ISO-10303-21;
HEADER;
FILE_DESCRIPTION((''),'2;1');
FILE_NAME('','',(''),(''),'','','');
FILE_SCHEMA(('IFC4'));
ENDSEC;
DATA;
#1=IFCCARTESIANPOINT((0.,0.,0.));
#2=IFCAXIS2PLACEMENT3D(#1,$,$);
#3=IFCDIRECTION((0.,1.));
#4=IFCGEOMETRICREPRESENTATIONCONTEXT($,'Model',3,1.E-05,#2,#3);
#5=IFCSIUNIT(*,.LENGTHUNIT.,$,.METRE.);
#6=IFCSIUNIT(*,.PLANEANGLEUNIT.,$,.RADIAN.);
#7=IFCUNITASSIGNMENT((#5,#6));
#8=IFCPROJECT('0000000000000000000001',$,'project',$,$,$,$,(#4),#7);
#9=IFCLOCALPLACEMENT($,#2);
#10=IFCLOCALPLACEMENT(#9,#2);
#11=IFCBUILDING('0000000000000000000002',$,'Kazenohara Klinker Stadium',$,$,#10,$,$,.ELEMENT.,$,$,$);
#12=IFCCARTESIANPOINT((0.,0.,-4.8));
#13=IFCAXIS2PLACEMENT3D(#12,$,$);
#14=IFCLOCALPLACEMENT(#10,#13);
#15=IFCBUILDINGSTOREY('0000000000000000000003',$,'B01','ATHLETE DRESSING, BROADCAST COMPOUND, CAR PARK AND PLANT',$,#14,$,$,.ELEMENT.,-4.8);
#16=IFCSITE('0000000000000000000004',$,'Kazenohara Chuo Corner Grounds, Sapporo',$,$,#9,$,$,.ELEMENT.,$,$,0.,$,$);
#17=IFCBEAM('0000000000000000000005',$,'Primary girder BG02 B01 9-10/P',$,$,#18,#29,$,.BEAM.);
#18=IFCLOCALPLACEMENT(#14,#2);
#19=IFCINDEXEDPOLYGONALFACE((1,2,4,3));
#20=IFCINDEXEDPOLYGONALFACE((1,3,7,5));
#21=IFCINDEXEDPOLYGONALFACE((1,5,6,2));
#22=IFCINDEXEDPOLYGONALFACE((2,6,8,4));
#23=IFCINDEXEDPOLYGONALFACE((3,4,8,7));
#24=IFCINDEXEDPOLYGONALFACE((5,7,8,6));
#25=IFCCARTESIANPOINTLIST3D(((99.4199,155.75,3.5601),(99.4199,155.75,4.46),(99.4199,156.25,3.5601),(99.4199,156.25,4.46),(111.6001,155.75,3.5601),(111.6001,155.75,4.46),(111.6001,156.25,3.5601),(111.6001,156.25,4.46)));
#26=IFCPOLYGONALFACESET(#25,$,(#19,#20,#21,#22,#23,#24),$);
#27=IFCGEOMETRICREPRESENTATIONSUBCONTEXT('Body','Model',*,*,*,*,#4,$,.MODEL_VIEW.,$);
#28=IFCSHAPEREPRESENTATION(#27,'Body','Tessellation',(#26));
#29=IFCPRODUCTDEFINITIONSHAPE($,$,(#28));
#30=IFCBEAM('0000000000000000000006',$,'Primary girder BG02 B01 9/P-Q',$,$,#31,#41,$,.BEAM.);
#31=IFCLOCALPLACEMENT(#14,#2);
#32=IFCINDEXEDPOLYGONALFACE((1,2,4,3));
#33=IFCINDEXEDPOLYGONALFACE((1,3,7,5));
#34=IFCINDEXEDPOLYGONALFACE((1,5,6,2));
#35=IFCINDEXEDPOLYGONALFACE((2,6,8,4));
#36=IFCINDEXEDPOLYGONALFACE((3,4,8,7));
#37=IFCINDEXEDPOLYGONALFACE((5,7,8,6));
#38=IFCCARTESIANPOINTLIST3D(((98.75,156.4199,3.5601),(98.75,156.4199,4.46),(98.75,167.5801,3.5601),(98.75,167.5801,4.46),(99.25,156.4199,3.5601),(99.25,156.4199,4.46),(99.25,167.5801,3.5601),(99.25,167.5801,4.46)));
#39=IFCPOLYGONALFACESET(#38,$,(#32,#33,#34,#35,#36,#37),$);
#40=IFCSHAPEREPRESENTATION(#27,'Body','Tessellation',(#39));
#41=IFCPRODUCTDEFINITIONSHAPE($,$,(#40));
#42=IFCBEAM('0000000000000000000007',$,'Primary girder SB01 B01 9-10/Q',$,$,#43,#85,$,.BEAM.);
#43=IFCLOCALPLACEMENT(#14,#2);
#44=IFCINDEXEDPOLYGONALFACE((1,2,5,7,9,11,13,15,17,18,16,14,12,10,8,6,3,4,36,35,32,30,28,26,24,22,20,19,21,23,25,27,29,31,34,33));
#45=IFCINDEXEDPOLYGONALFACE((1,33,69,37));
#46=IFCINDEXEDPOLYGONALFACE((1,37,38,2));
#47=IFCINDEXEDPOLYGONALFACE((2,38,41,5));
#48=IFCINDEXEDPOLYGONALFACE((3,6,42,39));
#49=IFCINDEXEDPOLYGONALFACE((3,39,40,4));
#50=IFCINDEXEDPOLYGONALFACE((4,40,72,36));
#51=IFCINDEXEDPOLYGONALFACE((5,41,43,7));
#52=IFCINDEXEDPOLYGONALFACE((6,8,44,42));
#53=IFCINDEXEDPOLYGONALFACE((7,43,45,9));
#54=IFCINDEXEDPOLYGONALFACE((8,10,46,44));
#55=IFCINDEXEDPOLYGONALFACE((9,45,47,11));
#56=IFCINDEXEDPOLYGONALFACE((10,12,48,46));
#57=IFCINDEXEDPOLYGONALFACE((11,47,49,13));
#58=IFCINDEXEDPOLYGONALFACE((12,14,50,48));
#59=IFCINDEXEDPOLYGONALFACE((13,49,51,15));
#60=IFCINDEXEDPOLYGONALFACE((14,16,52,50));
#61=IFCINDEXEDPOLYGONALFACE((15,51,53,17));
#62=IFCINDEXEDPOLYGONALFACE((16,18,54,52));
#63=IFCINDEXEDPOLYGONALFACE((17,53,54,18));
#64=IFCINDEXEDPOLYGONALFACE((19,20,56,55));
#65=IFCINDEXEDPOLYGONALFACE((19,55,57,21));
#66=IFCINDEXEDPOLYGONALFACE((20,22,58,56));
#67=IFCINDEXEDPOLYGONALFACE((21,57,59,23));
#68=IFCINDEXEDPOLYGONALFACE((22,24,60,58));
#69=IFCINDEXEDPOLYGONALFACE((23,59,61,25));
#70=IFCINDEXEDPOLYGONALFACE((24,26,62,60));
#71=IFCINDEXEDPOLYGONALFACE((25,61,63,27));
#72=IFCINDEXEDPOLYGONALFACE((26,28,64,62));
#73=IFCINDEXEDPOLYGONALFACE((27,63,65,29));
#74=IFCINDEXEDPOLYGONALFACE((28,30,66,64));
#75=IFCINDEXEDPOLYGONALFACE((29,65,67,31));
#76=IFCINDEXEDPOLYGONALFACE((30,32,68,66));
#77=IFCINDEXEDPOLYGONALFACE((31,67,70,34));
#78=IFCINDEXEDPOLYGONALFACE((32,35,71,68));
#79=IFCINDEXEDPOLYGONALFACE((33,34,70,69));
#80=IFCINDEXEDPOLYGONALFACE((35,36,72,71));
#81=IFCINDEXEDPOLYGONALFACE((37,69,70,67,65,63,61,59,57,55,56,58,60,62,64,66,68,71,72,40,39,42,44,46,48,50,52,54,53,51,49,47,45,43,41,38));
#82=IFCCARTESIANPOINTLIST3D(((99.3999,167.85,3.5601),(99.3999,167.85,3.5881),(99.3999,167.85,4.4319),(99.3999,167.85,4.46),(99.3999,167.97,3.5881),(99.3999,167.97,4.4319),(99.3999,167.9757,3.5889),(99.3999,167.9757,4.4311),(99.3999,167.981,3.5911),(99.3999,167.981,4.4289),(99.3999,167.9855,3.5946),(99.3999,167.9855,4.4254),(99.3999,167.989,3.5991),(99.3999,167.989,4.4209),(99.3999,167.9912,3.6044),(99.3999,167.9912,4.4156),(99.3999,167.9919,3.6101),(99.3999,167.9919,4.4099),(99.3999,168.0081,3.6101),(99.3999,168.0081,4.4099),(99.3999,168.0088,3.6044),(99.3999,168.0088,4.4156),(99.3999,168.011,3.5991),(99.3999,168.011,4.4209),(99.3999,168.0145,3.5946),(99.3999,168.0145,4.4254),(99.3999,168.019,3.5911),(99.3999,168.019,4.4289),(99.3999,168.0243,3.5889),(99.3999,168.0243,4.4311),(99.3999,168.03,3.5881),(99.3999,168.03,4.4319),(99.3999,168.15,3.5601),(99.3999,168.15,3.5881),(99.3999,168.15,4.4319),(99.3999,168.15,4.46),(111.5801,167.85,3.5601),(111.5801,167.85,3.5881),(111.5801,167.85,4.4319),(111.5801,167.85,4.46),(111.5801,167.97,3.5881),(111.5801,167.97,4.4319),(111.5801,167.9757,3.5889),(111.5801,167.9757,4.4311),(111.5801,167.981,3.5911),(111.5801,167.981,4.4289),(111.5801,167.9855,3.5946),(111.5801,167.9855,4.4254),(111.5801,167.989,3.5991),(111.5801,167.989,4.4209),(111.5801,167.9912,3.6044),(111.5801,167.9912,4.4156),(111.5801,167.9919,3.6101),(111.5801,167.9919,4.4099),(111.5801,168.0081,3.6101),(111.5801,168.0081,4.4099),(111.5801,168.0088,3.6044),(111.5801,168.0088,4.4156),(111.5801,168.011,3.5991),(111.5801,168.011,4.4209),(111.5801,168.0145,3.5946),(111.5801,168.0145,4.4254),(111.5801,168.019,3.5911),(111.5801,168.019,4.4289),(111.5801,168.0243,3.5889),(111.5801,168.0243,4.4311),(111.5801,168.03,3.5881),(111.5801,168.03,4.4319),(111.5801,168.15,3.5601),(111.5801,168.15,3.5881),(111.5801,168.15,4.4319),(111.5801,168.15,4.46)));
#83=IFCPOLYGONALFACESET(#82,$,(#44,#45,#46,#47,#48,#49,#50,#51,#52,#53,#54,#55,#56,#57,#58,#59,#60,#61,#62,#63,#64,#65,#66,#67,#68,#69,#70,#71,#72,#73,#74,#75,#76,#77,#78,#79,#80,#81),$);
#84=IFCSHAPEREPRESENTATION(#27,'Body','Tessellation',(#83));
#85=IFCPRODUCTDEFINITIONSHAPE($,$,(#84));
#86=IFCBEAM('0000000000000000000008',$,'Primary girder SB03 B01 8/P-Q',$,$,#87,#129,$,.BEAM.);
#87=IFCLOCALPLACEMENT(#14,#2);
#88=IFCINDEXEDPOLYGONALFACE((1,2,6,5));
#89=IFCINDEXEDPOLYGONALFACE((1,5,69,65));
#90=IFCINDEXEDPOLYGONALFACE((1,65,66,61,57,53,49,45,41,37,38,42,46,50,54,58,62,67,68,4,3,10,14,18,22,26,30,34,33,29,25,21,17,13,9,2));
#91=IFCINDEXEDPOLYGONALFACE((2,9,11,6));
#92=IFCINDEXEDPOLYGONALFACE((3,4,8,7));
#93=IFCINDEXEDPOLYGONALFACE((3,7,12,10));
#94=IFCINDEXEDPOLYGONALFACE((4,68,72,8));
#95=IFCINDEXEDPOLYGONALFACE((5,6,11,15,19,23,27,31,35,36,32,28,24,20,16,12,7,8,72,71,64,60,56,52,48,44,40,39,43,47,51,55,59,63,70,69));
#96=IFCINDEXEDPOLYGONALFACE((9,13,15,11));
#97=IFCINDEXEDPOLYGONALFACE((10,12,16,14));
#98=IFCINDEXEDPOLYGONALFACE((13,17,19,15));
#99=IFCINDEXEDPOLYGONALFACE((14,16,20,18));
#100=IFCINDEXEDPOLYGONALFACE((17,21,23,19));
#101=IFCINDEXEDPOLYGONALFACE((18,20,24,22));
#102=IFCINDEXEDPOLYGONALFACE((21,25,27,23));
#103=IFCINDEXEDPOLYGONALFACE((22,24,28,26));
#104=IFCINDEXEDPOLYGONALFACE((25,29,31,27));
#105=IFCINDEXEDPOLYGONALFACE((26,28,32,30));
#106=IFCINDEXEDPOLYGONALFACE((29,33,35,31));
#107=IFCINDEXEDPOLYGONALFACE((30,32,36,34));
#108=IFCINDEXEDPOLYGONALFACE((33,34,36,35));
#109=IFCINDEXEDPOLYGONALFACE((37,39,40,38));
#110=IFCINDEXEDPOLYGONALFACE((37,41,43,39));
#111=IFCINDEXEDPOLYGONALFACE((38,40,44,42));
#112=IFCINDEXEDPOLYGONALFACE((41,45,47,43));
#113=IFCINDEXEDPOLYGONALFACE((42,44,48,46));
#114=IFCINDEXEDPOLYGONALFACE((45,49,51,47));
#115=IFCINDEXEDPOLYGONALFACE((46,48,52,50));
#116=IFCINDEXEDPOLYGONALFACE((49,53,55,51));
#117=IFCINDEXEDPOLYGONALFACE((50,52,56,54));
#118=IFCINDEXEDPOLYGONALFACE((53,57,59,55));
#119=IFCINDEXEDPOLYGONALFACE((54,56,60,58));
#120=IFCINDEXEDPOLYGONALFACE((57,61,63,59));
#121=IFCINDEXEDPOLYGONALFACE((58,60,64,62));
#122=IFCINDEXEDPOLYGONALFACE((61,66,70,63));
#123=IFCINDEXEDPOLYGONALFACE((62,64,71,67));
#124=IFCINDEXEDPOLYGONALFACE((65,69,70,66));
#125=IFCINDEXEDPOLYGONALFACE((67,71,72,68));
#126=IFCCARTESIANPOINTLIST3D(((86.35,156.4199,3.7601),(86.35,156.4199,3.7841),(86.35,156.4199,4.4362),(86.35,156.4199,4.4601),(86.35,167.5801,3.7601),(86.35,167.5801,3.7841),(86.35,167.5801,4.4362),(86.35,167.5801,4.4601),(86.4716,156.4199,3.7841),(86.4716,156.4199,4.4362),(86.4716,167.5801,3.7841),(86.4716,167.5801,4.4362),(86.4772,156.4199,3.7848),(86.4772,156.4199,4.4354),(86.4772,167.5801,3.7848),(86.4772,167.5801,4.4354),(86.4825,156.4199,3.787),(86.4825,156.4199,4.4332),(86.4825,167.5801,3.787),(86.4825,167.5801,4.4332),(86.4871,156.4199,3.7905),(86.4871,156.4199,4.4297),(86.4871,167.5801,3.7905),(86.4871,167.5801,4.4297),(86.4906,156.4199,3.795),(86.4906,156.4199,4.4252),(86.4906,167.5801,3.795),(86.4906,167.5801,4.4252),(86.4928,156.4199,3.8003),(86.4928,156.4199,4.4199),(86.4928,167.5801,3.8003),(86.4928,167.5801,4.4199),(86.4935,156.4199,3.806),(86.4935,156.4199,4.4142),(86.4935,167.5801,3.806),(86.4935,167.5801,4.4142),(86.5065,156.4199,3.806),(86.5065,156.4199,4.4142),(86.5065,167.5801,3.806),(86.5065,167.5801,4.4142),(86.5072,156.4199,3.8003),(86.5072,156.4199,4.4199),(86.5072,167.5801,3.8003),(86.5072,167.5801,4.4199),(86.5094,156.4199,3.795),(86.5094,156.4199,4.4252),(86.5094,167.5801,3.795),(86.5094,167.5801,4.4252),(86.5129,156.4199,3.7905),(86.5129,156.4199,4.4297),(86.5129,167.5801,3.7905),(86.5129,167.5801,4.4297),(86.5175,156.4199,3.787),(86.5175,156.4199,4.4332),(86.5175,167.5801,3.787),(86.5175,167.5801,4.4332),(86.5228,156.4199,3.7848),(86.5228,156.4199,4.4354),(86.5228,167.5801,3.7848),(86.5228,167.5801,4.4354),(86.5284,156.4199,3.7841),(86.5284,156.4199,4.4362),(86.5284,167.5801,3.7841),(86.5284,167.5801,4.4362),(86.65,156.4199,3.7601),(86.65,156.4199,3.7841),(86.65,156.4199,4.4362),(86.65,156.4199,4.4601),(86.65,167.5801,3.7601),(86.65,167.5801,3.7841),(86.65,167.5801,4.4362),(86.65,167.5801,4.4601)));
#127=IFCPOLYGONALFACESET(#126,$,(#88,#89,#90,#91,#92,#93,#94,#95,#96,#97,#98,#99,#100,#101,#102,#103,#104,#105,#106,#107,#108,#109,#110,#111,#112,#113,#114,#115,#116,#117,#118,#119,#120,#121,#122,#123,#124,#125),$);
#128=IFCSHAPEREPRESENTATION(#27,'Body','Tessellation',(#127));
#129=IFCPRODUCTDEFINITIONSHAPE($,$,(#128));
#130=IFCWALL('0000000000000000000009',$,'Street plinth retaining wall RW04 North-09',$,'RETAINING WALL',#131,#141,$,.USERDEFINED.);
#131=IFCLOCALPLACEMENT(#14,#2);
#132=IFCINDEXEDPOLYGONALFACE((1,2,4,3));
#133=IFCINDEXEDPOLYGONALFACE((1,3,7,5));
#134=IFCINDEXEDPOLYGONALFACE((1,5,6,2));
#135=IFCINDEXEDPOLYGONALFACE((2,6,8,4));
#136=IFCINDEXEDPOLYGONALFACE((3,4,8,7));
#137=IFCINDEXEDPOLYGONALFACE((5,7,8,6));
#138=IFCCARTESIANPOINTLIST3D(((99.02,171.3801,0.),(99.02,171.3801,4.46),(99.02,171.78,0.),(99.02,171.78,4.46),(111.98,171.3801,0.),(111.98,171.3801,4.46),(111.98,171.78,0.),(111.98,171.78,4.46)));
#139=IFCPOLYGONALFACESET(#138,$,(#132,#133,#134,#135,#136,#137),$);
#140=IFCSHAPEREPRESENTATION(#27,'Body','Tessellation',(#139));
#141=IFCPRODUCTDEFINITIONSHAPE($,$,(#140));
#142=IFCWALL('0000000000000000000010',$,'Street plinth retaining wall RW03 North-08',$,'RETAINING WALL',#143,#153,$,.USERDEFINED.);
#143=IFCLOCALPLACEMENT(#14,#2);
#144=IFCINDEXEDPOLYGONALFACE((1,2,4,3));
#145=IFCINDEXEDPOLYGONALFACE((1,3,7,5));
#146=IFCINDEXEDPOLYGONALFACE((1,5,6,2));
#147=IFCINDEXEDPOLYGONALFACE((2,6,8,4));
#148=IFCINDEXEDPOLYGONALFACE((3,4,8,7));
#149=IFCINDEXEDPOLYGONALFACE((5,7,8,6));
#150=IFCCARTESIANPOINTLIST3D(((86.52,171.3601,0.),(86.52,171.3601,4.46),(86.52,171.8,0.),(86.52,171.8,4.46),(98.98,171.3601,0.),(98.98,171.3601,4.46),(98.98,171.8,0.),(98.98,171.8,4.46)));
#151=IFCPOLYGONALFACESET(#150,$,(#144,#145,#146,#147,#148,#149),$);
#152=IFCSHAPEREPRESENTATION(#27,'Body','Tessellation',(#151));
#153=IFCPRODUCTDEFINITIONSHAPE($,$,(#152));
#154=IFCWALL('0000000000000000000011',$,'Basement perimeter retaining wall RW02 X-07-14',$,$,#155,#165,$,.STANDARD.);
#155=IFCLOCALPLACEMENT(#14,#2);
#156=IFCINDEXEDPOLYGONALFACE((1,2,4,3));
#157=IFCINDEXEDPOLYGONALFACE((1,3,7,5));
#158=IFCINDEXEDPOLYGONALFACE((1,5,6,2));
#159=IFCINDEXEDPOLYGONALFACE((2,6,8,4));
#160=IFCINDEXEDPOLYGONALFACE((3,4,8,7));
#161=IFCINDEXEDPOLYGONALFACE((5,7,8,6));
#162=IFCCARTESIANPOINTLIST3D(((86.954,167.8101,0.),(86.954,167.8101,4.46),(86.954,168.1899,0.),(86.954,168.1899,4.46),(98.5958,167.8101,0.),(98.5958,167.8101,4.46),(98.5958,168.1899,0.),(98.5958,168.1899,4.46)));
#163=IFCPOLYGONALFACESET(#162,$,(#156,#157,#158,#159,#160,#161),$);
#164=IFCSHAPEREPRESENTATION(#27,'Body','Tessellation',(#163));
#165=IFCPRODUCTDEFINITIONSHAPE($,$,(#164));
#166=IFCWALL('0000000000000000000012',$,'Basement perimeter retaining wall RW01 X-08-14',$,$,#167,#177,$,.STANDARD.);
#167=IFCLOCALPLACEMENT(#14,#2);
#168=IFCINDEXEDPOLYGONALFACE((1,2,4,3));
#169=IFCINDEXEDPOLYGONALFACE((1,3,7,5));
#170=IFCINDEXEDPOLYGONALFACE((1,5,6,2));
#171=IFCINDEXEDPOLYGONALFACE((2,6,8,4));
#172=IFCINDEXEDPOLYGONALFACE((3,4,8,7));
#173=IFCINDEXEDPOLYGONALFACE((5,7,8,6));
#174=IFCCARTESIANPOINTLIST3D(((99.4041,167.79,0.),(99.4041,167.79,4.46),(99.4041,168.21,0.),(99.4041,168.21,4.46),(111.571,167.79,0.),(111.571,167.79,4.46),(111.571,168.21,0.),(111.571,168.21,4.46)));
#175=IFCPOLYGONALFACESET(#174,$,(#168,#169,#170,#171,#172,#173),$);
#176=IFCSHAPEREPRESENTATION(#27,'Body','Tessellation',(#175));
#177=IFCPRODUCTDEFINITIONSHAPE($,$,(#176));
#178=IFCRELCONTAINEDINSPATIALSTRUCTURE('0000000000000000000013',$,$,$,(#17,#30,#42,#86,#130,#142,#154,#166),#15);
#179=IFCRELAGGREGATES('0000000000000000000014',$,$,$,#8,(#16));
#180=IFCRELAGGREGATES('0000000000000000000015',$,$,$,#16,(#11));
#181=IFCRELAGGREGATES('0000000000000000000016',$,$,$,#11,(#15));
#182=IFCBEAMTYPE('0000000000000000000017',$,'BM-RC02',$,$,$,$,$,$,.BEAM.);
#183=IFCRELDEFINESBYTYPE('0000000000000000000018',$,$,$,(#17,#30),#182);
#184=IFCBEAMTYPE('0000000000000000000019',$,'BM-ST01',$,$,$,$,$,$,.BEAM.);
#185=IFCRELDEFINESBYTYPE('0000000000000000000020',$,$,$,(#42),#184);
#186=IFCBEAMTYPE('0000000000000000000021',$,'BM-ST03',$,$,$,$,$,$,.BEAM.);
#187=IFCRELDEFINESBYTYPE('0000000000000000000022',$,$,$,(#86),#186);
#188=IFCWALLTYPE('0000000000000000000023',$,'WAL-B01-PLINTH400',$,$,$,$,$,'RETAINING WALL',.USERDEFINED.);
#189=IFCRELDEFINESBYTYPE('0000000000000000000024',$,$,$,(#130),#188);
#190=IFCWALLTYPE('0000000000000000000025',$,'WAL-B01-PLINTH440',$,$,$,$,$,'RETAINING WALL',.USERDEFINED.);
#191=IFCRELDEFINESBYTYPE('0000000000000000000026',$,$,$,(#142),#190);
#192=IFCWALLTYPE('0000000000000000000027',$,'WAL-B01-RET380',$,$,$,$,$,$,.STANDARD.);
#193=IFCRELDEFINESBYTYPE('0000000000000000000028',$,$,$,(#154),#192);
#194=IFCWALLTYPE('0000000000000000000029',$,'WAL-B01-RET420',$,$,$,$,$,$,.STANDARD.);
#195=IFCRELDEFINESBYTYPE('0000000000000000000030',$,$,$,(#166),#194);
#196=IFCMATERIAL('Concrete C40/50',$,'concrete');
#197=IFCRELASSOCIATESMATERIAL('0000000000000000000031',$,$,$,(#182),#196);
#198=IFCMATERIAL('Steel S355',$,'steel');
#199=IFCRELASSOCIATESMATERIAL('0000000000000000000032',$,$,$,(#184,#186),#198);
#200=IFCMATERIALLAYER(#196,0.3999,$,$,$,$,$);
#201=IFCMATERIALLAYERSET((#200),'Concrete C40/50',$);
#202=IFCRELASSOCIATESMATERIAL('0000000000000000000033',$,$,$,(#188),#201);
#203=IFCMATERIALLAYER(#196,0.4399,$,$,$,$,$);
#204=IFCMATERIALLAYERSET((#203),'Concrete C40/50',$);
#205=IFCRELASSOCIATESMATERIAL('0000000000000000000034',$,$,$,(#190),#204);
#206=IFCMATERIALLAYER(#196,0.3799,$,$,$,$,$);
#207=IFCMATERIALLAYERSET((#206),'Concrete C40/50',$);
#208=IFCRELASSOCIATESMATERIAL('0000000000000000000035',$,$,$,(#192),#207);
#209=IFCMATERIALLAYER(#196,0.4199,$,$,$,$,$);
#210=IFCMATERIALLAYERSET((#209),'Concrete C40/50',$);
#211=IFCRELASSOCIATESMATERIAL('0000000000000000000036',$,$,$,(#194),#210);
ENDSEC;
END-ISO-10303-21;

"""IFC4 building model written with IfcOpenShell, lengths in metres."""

from ifc_helpers import new_model, si_unit, direction, frame, frame_2d, origin, origin_2d, place, context, subcontext, project, spatial, rectangle, i_section, extrude, material, layer, layer_set, material_profile, profile_set, type_object, element, save


model = new_model("IFC4")

# Units and contexts
model_context = context("Model", 3, precision=1e-05, world=origin(), true_north=direction((0.0, 1.0)))
body_context = subcontext(model_context, "Body", "Model", "MODEL_VIEW")
ifc_project = project(units=[si_unit("LENGTHUNIT", "METRE"), si_unit("PLANEANGLEUNIT", "RADIAN")], contexts=[model_context])

# Site, building, storey
site_placement = place(None, origin())
site = spatial("IfcSite", under=ifc_project, at=site_placement, Name="Kazenohara Chuo Corner Grounds, Sapporo", CompositionType="ELEMENT", RefElevation=0.0)
building_placement = place(site_placement, origin())
building = spatial("IfcBuilding", under=site, at=building_placement, Name="Kazenohara Klinker Stadium", CompositionType="ELEMENT")
storey_placement = place(building_placement, frame((0.0, 0.0, -4.8)))
storey = spatial("IfcBuildingStorey", under=building, at=storey_placement, Name="B01", Description="ATHLETE DRESSING, BROADCAST COMPOUND, CAR PARK AND PLANT", CompositionType="ELEMENT", Elevation=-4.8)

# Shared definitions
ifc_material_1 = material(Name="Concrete C40/50", Category="concrete")

# Beams
ifc_material_2 = material(Name="Steel S355", Category="steel")
ifc_material_profile_1 = material_profile(ifc_material_1, rectangle(XDim=0.5, YDim=0.8999, at=origin_2d()), Name="RC-BM-500x900")
ifc_profile_set_1 = profile_set([ifc_material_profile_1], Name="Concrete C40/50")
beam_type_1 = type_object("IfcBeamType", Name="BM-RC02", PredefinedType="BEAM", material=ifc_profile_set_1)
beam_1_placement = place(storey_placement, frame((99.4199, 156.0, 4.01), z_axis=(1.0, 0.0, 0.0), x_axis=(0.0, 1.0, 0.0)))
element("IfcBeam", 1, at=beam_1_placement, inside=storey, type_object=beam_type_1, Name="Primary girder BG02 B01 9-10/P", PredefinedType="BEAM", context=body_context, shape_type="SweptSolid", body=[
    extrude(rectangle(XDim=0.5, YDim=0.8999, at=origin_2d()), origin(), (0.0, 0.0, 1.0), 12.1802),
])
beam_2_placement = place(storey_placement, frame((99.0, 156.4199, 4.01), z_axis=(0.0, 1.0, 0.0), x_axis=(-1.0, 0.0, 0.0)))
element("IfcBeam", 2, at=beam_2_placement, inside=storey, type_object=beam_type_1, Name="Primary girder BG02 B01 9/P-Q", PredefinedType="BEAM", context=body_context, shape_type="SweptSolid", body=[
    extrude(rectangle(XDim=0.5, YDim=0.8999, at=origin_2d()), origin(), (0.0, 0.0, 1.0), 11.1602),
])
ifc_material_profile_2 = material_profile(ifc_material_2, i_section(OverallWidth=0.3, OverallDepth=0.8999, WebThickness=0.0161, FlangeThickness=0.0281, FilletRadius=0.022, at=origin_2d()), Name="H-900x300x16x28")
ifc_profile_set_2 = profile_set([ifc_material_profile_2], Name="Steel S355")
beam_type_2 = type_object("IfcBeamType", Name="BM-ST01", PredefinedType="BEAM", material=ifc_profile_set_2)
beam_3_placement = place(storey_placement, frame((99.3999, 168.0, 4.01), z_axis=(1.0, 0.0, 0.0), x_axis=(0.0, 1.0, 0.0)))
element("IfcBeam", 3, at=beam_3_placement, inside=storey, type_object=beam_type_2, Name="Primary girder SB01 B01 9-10/Q", PredefinedType="BEAM", context=body_context, shape_type="SweptSolid", body=[
    extrude(i_section(OverallWidth=0.3, OverallDepth=0.8999, WebThickness=0.0161, FlangeThickness=0.0281, FilletRadius=0.022, at=origin_2d()), origin(), (0.0, 0.0, 1.0), 12.1802),
])
ifc_material_profile_3 = material_profile(ifc_material_2, i_section(OverallWidth=0.3, OverallDepth=0.7, WebThickness=0.0129, FlangeThickness=0.0239, FilletRadius=0.022, at=origin_2d()), Name="H-700x300x13x24")
ifc_profile_set_3 = profile_set([ifc_material_profile_3], Name="Steel S355")
beam_type_3 = type_object("IfcBeamType", Name="BM-ST03", PredefinedType="BEAM", material=ifc_profile_set_3)
beam_4_placement = place(storey_placement, frame((86.5, 156.4199, 4.1101), z_axis=(0.0, 1.0, 0.0), x_axis=(-1.0, 0.0, 0.0)))
element("IfcBeam", 4, at=beam_4_placement, inside=storey, type_object=beam_type_3, Name="Primary girder SB03 B01 8/P-Q", PredefinedType="BEAM", context=body_context, shape_type="SweptSolid", body=[
    extrude(i_section(OverallWidth=0.3, OverallDepth=0.7, WebThickness=0.0129, FlangeThickness=0.0239, FilletRadius=0.022, at=origin_2d()), origin(), (0.0, 0.0, 1.0), 11.1602),
])

# Walls
ifc_layer_1 = layer(ifc_material_1, 0.3999)
ifc_layer_set_1 = layer_set([ifc_layer_1], Name="Concrete C40/50")
wall_type_1 = type_object("IfcWallType", Name="WAL-B01-PLINTH400", ElementType="RETAINING WALL", PredefinedType="USERDEFINED", material=ifc_layer_set_1)
wall_1_placement = place(storey_placement, frame((99.02, 171.5801, 0.0), z_axis=(0.0, 0.0, 1.0), x_axis=(1.0, 0.0, 0.0)))
element("IfcWall", 5, at=wall_1_placement, inside=storey, type_object=wall_type_1, Name="Street plinth retaining wall RW04 North-09", ObjectType="RETAINING WALL", PredefinedType="USERDEFINED", context=body_context, shape_type="SweptSolid", body=[
    extrude(rectangle(XDim=12.96, YDim=0.3999, at=frame_2d((6.48, 0.0))), origin(), (0.0, 0.0, 1.0), 4.46),
])
ifc_layer_2 = layer(ifc_material_1, 0.4399)
ifc_layer_set_2 = layer_set([ifc_layer_2], Name="Concrete C40/50")
wall_type_2 = type_object("IfcWallType", Name="WAL-B01-PLINTH440", ElementType="RETAINING WALL", PredefinedType="USERDEFINED", material=ifc_layer_set_2)
wall_2_placement = place(storey_placement, frame((86.52, 171.5801, 0.0), z_axis=(0.0, 0.0, 1.0), x_axis=(1.0, 0.0, 0.0)))
element("IfcWall", 6, at=wall_2_placement, inside=storey, type_object=wall_type_2, Name="Street plinth retaining wall RW03 North-08", ObjectType="RETAINING WALL", PredefinedType="USERDEFINED", context=body_context, shape_type="SweptSolid", body=[
    extrude(rectangle(XDim=12.46, YDim=0.4399, at=frame_2d((6.23, 0.0))), origin(), (0.0, 0.0, 1.0), 4.46),
])
ifc_layer_3 = layer(ifc_material_1, 0.3799)
ifc_layer_set_3 = layer_set([ifc_layer_3], Name="Concrete C40/50")
wall_type_3 = type_object("IfcWallType", Name="WAL-B01-RET380", PredefinedType="STANDARD", material=ifc_layer_set_3)
wall_3_placement = place(storey_placement, frame((86.9541, 168.0, 0.0), z_axis=(0.0, 0.0, 1.0), x_axis=(1.0, 0.0, 0.0)))
element("IfcWall", 7, at=wall_3_placement, inside=storey, type_object=wall_type_3, Name="Basement perimeter retaining wall RW02 X-07-14", PredefinedType="STANDARD", context=body_context, shape_type="SweptSolid", body=[
    extrude(rectangle(XDim=11.6418, YDim=0.3799, at=frame_2d((5.8208, 0.0))), origin(), (0.0, 0.0, 1.0), 4.46),
])
ifc_layer_4 = layer(ifc_material_1, 0.4199)
ifc_layer_set_4 = layer_set([ifc_layer_4], Name="Concrete C40/50")
wall_type_4 = type_object("IfcWallType", Name="WAL-B01-RET420", PredefinedType="STANDARD", material=ifc_layer_set_4)
wall_4_placement = place(storey_placement, frame((99.4041, 168.0, 0.0), z_axis=(0.0, 0.0, 1.0), x_axis=(1.0, 0.0, 0.0)))
element("IfcWall", 8, at=wall_4_placement, inside=storey, type_object=wall_type_4, Name="Basement perimeter retaining wall RW01 X-08-14", PredefinedType="STANDARD", context=body_context, shape_type="SweptSolid", body=[
    extrude(rectangle(XDim=12.167, YDim=0.4199, at=frame_2d((6.0835, 0.0))), origin(), (0.0, 0.0, 1.0), 4.46),
])

save(model, "model.ifc")
